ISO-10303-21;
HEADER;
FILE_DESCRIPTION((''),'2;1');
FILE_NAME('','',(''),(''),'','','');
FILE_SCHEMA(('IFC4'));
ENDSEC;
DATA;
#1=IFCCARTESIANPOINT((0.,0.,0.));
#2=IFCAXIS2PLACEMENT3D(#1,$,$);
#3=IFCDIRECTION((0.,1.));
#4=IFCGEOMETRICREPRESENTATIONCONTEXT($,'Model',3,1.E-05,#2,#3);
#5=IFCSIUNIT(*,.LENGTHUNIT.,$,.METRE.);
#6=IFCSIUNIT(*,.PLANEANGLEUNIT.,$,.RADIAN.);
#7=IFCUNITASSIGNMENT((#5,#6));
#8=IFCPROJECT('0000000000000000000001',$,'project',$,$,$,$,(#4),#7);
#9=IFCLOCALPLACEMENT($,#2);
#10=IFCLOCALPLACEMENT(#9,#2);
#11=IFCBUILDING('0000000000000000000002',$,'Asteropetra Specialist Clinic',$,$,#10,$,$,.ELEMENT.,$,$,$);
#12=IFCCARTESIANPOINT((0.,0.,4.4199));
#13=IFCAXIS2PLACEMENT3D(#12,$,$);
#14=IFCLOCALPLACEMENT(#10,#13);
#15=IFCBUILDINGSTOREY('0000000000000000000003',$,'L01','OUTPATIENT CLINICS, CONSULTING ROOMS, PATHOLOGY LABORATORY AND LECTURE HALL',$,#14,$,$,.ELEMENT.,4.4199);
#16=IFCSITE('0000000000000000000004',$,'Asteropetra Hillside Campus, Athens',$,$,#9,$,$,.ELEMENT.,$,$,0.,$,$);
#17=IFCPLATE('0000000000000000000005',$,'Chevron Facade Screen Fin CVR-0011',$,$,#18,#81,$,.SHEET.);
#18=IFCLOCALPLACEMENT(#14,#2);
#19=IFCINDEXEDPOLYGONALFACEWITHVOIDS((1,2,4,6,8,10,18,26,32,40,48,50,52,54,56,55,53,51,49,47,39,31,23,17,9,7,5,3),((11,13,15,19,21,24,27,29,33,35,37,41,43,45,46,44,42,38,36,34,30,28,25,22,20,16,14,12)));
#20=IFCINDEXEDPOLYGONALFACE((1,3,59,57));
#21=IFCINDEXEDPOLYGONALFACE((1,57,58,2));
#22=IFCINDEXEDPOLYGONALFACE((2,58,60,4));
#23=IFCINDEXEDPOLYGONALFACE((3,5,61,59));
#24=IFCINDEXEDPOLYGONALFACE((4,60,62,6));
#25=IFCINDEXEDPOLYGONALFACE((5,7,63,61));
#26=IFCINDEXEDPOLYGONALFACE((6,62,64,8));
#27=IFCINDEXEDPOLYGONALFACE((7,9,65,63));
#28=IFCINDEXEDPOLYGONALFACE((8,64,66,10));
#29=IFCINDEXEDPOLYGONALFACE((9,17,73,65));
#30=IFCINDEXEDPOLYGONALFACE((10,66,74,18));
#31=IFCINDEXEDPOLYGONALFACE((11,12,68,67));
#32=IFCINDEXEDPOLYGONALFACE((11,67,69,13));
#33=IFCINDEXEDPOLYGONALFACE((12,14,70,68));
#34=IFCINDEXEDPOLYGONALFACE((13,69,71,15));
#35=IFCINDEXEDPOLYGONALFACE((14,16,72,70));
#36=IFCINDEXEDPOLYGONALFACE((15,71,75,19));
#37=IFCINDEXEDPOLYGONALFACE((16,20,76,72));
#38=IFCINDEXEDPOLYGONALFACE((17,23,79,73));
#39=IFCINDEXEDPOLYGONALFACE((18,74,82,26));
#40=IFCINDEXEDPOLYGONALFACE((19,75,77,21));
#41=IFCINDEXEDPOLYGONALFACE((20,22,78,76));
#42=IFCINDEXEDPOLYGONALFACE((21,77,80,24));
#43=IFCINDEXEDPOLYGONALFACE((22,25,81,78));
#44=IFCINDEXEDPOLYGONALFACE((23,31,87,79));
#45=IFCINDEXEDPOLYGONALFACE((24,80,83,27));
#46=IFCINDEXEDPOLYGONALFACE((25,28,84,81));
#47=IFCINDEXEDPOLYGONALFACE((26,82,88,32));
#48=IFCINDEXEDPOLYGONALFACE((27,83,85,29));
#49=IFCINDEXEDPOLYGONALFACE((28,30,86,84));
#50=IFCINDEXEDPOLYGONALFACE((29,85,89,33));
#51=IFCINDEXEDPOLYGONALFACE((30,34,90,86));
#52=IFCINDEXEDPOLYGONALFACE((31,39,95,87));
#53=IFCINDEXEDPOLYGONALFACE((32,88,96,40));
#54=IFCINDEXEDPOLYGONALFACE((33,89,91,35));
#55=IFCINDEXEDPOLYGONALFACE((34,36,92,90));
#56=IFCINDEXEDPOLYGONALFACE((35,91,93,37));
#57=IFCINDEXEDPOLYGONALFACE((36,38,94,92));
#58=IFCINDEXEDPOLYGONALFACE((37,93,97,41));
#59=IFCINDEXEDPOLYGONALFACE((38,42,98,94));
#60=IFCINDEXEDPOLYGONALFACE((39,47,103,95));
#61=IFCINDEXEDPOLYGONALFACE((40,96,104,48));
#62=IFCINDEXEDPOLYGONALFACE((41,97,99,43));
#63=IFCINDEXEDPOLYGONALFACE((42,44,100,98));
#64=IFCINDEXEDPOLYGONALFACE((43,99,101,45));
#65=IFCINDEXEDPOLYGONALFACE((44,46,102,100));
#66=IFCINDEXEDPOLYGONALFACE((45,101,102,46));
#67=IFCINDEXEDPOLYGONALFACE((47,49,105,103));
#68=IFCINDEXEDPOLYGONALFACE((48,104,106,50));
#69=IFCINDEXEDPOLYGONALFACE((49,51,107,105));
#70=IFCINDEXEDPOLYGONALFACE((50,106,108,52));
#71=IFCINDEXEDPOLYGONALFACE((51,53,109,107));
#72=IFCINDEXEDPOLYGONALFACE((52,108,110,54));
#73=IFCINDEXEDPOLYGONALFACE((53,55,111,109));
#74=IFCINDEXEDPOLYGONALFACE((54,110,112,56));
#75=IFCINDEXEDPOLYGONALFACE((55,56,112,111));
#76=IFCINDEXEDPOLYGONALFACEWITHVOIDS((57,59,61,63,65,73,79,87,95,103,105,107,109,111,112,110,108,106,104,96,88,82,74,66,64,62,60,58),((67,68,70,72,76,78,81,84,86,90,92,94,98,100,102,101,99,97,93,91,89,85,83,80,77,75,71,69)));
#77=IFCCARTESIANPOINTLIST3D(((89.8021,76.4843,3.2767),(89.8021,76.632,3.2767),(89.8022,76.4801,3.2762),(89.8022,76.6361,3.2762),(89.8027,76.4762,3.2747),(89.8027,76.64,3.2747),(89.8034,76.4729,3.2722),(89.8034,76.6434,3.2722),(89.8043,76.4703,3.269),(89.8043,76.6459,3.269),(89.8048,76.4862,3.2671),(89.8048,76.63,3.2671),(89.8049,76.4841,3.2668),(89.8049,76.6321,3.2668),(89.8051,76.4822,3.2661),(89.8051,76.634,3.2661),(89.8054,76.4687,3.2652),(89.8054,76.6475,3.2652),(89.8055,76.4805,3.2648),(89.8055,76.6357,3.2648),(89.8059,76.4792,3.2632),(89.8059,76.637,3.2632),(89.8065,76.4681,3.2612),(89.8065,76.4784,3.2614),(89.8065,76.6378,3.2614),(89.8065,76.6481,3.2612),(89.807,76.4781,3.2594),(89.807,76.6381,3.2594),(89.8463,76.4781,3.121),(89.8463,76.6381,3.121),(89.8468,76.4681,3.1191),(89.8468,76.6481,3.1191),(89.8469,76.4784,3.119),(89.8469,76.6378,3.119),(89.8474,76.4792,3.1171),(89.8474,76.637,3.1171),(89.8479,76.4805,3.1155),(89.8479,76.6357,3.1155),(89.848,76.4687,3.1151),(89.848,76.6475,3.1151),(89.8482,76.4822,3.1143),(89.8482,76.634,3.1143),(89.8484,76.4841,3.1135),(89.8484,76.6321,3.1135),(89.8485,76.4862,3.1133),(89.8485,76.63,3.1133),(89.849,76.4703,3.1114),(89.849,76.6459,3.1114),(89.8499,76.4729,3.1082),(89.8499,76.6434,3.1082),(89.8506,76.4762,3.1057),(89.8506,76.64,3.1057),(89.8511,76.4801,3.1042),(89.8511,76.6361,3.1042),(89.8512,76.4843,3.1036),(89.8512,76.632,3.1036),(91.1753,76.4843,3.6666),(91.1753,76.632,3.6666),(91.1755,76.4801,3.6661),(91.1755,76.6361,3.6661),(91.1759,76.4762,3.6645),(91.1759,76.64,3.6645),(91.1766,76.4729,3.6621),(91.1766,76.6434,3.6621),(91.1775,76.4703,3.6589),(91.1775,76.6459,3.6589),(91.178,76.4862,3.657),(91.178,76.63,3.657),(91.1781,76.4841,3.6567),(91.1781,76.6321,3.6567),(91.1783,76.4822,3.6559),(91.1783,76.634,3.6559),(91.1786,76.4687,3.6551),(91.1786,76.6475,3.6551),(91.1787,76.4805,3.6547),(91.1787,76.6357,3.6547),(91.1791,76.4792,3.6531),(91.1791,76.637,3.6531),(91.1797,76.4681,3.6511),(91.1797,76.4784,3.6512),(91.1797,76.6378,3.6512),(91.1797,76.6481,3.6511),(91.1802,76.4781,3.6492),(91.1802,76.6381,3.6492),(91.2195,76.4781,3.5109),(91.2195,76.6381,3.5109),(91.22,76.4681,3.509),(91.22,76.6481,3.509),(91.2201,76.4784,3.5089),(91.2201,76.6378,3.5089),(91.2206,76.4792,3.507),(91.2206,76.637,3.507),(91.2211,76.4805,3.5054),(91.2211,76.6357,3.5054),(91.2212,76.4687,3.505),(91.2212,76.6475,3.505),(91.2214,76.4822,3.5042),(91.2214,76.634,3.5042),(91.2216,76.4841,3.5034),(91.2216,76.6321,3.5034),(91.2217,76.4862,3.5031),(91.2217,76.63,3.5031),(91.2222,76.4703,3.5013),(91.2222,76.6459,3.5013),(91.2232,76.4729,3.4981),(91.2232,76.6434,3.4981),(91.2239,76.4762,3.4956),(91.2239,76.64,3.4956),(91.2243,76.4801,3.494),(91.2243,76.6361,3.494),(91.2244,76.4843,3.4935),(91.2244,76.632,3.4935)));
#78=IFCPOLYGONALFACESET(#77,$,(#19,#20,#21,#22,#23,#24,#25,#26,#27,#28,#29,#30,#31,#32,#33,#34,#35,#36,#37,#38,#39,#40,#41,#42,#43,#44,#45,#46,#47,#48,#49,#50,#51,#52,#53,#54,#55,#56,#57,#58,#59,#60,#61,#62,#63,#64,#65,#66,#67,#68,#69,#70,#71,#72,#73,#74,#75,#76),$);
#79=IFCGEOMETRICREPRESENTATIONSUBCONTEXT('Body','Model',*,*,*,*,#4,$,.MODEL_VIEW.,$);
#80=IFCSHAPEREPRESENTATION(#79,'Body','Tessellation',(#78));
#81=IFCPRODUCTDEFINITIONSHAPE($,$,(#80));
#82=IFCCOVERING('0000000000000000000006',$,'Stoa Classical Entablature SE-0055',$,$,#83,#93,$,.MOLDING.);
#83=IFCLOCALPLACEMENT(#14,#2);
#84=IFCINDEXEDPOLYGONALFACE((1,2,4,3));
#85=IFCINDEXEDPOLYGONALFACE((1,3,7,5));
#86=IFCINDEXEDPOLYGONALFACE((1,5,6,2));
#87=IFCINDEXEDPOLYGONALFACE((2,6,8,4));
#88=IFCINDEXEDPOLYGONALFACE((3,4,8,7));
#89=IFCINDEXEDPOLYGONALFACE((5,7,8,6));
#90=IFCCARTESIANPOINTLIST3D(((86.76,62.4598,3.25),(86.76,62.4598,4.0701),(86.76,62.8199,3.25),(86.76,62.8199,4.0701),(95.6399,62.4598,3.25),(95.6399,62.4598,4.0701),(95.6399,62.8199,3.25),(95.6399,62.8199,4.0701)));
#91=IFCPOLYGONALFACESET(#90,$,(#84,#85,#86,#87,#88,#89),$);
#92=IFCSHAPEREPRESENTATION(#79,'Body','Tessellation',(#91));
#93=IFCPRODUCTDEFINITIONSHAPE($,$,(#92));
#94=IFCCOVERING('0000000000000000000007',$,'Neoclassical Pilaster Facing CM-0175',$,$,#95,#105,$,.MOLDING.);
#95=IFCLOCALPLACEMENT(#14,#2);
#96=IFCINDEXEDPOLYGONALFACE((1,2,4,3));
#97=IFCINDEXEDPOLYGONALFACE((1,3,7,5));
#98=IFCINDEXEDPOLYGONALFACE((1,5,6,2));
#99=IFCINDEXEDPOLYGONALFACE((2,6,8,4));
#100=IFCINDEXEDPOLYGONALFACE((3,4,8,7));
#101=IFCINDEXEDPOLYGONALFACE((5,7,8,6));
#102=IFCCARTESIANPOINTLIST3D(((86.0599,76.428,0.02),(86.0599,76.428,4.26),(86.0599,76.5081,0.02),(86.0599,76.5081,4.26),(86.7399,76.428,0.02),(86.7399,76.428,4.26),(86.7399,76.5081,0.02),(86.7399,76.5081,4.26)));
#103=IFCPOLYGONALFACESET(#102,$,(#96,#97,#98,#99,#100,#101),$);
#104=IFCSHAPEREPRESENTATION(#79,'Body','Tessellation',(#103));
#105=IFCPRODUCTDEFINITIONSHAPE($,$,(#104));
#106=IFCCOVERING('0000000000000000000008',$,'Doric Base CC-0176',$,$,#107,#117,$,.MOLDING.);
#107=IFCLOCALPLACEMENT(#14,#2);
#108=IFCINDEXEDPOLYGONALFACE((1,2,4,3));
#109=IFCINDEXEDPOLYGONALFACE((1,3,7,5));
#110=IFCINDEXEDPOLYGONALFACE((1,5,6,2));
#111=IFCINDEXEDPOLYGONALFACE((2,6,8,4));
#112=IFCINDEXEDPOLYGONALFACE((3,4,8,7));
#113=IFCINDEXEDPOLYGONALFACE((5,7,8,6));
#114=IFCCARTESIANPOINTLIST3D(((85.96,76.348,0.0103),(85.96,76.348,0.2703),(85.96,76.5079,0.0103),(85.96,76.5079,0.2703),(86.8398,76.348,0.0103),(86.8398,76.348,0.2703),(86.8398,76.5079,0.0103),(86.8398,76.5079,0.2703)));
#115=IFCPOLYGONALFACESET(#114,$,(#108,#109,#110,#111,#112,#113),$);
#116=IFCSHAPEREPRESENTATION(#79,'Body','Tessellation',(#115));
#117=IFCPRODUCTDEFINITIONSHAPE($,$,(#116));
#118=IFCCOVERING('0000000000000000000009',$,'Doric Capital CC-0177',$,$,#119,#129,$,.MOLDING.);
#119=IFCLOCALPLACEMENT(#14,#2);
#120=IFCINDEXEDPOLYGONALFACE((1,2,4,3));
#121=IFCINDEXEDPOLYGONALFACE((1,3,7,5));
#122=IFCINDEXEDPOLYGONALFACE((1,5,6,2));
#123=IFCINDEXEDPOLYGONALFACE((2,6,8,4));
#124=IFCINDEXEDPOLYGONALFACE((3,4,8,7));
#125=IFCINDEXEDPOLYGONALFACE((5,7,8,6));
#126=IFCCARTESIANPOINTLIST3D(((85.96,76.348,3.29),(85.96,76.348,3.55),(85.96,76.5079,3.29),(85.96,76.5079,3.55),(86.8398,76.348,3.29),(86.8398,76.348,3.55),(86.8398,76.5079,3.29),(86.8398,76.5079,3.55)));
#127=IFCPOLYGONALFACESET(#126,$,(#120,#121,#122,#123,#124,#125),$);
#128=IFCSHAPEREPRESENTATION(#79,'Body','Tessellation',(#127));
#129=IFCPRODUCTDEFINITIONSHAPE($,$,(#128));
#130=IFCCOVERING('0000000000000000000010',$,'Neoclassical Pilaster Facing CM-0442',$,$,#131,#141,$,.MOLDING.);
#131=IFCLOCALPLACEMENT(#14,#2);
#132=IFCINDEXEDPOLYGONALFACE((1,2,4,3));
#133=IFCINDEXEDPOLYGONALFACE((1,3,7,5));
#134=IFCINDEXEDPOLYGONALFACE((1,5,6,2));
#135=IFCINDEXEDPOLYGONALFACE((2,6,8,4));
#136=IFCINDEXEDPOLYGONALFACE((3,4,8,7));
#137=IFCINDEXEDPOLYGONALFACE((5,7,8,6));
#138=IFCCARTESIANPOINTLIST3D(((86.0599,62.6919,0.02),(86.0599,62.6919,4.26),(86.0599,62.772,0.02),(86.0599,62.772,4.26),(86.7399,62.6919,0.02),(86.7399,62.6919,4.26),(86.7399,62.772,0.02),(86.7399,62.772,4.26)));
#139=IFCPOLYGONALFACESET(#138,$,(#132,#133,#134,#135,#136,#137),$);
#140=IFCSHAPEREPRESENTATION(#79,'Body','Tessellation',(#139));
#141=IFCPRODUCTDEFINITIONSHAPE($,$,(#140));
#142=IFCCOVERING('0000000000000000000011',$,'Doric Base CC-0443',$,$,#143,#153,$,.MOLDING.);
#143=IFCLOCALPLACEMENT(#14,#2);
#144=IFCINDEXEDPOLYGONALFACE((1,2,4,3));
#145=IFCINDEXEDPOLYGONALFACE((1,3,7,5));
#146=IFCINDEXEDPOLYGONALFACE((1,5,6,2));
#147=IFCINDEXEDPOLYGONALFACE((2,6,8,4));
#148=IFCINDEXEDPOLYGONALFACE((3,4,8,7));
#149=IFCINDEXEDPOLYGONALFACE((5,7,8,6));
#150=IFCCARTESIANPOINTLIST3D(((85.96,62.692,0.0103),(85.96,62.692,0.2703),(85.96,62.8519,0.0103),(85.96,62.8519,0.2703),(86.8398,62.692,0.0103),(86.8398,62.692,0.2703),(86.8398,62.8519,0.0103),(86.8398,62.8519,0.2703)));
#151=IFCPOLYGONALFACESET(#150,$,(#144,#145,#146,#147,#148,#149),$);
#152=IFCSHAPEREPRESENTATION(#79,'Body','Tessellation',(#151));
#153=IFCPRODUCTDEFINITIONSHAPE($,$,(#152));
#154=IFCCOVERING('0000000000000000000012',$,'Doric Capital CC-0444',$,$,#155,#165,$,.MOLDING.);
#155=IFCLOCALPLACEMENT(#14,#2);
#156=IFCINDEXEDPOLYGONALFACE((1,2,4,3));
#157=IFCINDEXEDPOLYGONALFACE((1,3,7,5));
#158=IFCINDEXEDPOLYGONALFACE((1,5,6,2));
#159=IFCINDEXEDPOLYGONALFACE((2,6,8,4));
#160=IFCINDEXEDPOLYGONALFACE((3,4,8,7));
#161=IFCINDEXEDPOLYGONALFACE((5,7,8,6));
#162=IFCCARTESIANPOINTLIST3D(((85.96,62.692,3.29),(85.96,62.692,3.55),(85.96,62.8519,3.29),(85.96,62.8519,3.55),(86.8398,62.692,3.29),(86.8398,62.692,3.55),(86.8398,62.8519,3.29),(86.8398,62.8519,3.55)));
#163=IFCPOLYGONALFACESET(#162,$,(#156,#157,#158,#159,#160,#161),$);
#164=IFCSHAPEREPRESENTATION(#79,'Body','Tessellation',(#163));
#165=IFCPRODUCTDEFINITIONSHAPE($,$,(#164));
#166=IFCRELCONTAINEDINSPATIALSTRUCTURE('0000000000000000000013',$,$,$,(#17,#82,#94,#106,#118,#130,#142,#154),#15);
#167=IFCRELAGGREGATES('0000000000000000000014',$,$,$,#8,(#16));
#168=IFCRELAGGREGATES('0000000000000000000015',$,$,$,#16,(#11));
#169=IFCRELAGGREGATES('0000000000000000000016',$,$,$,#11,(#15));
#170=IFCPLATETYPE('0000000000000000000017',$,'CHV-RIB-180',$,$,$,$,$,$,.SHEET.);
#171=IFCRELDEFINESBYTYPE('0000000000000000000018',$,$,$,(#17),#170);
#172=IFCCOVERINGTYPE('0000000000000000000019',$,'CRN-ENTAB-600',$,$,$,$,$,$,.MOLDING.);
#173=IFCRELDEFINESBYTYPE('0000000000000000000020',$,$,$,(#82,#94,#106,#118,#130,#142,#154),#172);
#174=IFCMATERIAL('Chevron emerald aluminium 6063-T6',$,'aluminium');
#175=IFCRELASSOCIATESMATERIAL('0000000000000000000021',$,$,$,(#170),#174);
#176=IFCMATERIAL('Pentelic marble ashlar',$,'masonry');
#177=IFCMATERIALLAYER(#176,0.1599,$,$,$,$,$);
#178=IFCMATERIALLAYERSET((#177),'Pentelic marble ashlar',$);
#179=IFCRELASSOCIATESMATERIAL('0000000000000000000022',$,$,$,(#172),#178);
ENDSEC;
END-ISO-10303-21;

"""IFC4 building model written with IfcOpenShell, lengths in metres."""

from ifc_helpers import new_model, si_unit, direction, frame, origin, origin_2d, place, context, subcontext, project, spatial, rectangle, hollow_rectangle, extrude, material, layer, layer_set, material_profile, profile_set, type_object, element, save


model = new_model("IFC4")

# Units and contexts
model_context = context("Model", 3, precision=1e-05, world=origin(), true_north=direction((0.0, 1.0)))
body_context = subcontext(model_context, "Body", "Model", "MODEL_VIEW")
ifc_project = project(units=[si_unit("LENGTHUNIT", "METRE"), si_unit("PLANEANGLEUNIT", "RADIAN")], contexts=[model_context])

# Site, building, storey
site_placement = place(None, origin())
site = spatial("IfcSite", under=ifc_project, at=site_placement, Name="Asteropetra Hillside Campus, Athens", CompositionType="ELEMENT", RefElevation=0.0)
building_placement = place(site_placement, origin())
building = spatial("IfcBuilding", under=site, at=building_placement, Name="Asteropetra Specialist Clinic", CompositionType="ELEMENT")
storey_placement = place(building_placement, frame((0.0, 0.0, 4.4199)))
storey = spatial("IfcBuildingStorey", under=building, at=storey_placement, Name="L01", Description="OUTPATIENT CLINICS, CONSULTING ROOMS, PATHOLOGY LABORATORY AND LECTURE HALL", CompositionType="ELEMENT", Elevation=4.4199)

# Plate
ifc_material_1 = material(Name="Chevron emerald aluminium 6063-T6", Category="aluminium")
ifc_material_profile_1 = material_profile(ifc_material_1, hollow_rectangle(XDim=0.1799, YDim=0.1799, WallThickness=0.01, InnerFilletRadius=0.0081, OuterFilletRadius=0.0161, at=origin_2d()), Name="SHS 180x180x10.0")
ifc_profile_set_1 = profile_set([ifc_material_profile_1], Name="Chevron emerald aluminium 6063-T6")
plate_type = type_object("IfcPlateType", Name="CHV-RIB-180", PredefinedType="SHEET", material=ifc_profile_set_1)
plate_1_placement = place(storey_placement, frame((89.8267, 76.5581, 3.1902), z_axis=(0.961981, 0.0, 0.273117), x_axis=(0.0, 1.0, 0.0)))
element("IfcPlate", 1, at=plate_1_placement, inside=storey, type_object=plate_type, Name="Chevron Facade Screen Fin CVR-0011", PredefinedType="SHEET", context=body_context, shape_type="SweptSolid", body=[
    extrude(hollow_rectangle(XDim=0.1799, YDim=0.1799, WallThickness=0.01, InnerFilletRadius=0.0081, OuterFilletRadius=0.0161, at=origin_2d()), origin(), (0.0, 0.0, 1.0), 1.4275),
])

# Coverings
ifc_material_2 = material(Name="Pentelic marble ashlar", Category="masonry")
ifc_layer_1 = layer(ifc_material_2, 0.1599)
ifc_layer_set_1 = layer_set([ifc_layer_1], Name="Pentelic marble ashlar")
covering_type = type_object("IfcCoveringType", Name="CRN-ENTAB-600", PredefinedType="MOLDING", material=ifc_layer_set_1)
covering_1_placement = place(storey_placement, frame((91.2, 62.6399, 3.25), z_axis=(0.0, 0.0, 1.0), x_axis=(1.0, 0.0, 0.0)))
element("IfcCovering", 2, at=covering_1_placement, inside=storey, type_object=covering_type, Name="Stoa Classical Entablature SE-0055", PredefinedType="MOLDING", context=body_context, shape_type="SweptSolid", body=[
    extrude(rectangle(XDim=8.8799, YDim=0.3601, at=origin_2d()), origin(), (0.0, 0.0, 1.0), 0.8201),
])
covering_2_placement = place(storey_placement, frame((86.3999, 76.468, 0.02), z_axis=(0.0, 0.0, 1.0), x_axis=(1.0, 0.0, 0.0)))
element("IfcCovering", 3, at=covering_2_placement, inside=storey, type_object=covering_type, Name="Neoclassical Pilaster Facing CM-0175", PredefinedType="MOLDING", context=body_context, shape_type="SweptSolid", body=[
    extrude(rectangle(XDim=0.6799, YDim=0.0801, at=origin_2d()), origin(), (0.0, 0.0, 1.0), 4.24),
])
for number, where, z_axis, x_axis, name in (
    (4, (86.3999, 76.428, 0.0103), (0.0, 0.0, 1.0), (1.0, 0.0, 0.0), "Doric Base CC-0176"),
    (5, (86.3999, 76.428, 3.29), (0.0, 0.0, 1.0), (1.0, 0.0, 0.0), "Doric Capital CC-0177"),
):
    element("IfcCovering", number, at=place(storey_placement, frame(where, z_axis=z_axis, x_axis=x_axis)), inside=storey, type_object=covering_type, Name=name, PredefinedType="MOLDING", context=body_context, shape_type="SweptSolid", body=[
        extrude(rectangle(XDim=0.8799, YDim=0.1599, at=origin_2d()), origin(), (0.0, 0.0, 1.0), 0.26),
    ])
covering_3_placement = place(storey_placement, frame((86.3999, 62.7319, 0.02), z_axis=(0.0, 0.0, 1.0), x_axis=(1.0, 0.0, 0.0)))
element("IfcCovering", 6, at=covering_3_placement, inside=storey, type_object=covering_type, Name="Neoclassical Pilaster Facing CM-0442", PredefinedType="MOLDING", context=body_context, shape_type="SweptSolid", body=[
    extrude(rectangle(XDim=0.6799, YDim=0.0801, at=origin_2d()), origin(), (0.0, 0.0, 1.0), 4.24),
])
for number, where, z_axis, x_axis, name in (
    (7, (86.3999, 62.772, 0.0103), (0.0, 0.0, 1.0), (1.0, 0.0, 0.0), "Doric Base CC-0443"),
    (8, (86.3999, 62.772, 3.29), (0.0, 0.0, 1.0), (1.0, 0.0, 0.0), "Doric Capital CC-0444"),
):
    element("IfcCovering", number, at=place(storey_placement, frame(where, z_axis=z_axis, x_axis=x_axis)), inside=storey, type_object=covering_type, Name=name, PredefinedType="MOLDING", context=body_context, shape_type="SweptSolid", body=[
        extrude(rectangle(XDim=0.8799, YDim=0.1599, at=origin_2d()), origin(), (0.0, 0.0, 1.0), 0.26),
    ])

save(model, "model.ifc")
